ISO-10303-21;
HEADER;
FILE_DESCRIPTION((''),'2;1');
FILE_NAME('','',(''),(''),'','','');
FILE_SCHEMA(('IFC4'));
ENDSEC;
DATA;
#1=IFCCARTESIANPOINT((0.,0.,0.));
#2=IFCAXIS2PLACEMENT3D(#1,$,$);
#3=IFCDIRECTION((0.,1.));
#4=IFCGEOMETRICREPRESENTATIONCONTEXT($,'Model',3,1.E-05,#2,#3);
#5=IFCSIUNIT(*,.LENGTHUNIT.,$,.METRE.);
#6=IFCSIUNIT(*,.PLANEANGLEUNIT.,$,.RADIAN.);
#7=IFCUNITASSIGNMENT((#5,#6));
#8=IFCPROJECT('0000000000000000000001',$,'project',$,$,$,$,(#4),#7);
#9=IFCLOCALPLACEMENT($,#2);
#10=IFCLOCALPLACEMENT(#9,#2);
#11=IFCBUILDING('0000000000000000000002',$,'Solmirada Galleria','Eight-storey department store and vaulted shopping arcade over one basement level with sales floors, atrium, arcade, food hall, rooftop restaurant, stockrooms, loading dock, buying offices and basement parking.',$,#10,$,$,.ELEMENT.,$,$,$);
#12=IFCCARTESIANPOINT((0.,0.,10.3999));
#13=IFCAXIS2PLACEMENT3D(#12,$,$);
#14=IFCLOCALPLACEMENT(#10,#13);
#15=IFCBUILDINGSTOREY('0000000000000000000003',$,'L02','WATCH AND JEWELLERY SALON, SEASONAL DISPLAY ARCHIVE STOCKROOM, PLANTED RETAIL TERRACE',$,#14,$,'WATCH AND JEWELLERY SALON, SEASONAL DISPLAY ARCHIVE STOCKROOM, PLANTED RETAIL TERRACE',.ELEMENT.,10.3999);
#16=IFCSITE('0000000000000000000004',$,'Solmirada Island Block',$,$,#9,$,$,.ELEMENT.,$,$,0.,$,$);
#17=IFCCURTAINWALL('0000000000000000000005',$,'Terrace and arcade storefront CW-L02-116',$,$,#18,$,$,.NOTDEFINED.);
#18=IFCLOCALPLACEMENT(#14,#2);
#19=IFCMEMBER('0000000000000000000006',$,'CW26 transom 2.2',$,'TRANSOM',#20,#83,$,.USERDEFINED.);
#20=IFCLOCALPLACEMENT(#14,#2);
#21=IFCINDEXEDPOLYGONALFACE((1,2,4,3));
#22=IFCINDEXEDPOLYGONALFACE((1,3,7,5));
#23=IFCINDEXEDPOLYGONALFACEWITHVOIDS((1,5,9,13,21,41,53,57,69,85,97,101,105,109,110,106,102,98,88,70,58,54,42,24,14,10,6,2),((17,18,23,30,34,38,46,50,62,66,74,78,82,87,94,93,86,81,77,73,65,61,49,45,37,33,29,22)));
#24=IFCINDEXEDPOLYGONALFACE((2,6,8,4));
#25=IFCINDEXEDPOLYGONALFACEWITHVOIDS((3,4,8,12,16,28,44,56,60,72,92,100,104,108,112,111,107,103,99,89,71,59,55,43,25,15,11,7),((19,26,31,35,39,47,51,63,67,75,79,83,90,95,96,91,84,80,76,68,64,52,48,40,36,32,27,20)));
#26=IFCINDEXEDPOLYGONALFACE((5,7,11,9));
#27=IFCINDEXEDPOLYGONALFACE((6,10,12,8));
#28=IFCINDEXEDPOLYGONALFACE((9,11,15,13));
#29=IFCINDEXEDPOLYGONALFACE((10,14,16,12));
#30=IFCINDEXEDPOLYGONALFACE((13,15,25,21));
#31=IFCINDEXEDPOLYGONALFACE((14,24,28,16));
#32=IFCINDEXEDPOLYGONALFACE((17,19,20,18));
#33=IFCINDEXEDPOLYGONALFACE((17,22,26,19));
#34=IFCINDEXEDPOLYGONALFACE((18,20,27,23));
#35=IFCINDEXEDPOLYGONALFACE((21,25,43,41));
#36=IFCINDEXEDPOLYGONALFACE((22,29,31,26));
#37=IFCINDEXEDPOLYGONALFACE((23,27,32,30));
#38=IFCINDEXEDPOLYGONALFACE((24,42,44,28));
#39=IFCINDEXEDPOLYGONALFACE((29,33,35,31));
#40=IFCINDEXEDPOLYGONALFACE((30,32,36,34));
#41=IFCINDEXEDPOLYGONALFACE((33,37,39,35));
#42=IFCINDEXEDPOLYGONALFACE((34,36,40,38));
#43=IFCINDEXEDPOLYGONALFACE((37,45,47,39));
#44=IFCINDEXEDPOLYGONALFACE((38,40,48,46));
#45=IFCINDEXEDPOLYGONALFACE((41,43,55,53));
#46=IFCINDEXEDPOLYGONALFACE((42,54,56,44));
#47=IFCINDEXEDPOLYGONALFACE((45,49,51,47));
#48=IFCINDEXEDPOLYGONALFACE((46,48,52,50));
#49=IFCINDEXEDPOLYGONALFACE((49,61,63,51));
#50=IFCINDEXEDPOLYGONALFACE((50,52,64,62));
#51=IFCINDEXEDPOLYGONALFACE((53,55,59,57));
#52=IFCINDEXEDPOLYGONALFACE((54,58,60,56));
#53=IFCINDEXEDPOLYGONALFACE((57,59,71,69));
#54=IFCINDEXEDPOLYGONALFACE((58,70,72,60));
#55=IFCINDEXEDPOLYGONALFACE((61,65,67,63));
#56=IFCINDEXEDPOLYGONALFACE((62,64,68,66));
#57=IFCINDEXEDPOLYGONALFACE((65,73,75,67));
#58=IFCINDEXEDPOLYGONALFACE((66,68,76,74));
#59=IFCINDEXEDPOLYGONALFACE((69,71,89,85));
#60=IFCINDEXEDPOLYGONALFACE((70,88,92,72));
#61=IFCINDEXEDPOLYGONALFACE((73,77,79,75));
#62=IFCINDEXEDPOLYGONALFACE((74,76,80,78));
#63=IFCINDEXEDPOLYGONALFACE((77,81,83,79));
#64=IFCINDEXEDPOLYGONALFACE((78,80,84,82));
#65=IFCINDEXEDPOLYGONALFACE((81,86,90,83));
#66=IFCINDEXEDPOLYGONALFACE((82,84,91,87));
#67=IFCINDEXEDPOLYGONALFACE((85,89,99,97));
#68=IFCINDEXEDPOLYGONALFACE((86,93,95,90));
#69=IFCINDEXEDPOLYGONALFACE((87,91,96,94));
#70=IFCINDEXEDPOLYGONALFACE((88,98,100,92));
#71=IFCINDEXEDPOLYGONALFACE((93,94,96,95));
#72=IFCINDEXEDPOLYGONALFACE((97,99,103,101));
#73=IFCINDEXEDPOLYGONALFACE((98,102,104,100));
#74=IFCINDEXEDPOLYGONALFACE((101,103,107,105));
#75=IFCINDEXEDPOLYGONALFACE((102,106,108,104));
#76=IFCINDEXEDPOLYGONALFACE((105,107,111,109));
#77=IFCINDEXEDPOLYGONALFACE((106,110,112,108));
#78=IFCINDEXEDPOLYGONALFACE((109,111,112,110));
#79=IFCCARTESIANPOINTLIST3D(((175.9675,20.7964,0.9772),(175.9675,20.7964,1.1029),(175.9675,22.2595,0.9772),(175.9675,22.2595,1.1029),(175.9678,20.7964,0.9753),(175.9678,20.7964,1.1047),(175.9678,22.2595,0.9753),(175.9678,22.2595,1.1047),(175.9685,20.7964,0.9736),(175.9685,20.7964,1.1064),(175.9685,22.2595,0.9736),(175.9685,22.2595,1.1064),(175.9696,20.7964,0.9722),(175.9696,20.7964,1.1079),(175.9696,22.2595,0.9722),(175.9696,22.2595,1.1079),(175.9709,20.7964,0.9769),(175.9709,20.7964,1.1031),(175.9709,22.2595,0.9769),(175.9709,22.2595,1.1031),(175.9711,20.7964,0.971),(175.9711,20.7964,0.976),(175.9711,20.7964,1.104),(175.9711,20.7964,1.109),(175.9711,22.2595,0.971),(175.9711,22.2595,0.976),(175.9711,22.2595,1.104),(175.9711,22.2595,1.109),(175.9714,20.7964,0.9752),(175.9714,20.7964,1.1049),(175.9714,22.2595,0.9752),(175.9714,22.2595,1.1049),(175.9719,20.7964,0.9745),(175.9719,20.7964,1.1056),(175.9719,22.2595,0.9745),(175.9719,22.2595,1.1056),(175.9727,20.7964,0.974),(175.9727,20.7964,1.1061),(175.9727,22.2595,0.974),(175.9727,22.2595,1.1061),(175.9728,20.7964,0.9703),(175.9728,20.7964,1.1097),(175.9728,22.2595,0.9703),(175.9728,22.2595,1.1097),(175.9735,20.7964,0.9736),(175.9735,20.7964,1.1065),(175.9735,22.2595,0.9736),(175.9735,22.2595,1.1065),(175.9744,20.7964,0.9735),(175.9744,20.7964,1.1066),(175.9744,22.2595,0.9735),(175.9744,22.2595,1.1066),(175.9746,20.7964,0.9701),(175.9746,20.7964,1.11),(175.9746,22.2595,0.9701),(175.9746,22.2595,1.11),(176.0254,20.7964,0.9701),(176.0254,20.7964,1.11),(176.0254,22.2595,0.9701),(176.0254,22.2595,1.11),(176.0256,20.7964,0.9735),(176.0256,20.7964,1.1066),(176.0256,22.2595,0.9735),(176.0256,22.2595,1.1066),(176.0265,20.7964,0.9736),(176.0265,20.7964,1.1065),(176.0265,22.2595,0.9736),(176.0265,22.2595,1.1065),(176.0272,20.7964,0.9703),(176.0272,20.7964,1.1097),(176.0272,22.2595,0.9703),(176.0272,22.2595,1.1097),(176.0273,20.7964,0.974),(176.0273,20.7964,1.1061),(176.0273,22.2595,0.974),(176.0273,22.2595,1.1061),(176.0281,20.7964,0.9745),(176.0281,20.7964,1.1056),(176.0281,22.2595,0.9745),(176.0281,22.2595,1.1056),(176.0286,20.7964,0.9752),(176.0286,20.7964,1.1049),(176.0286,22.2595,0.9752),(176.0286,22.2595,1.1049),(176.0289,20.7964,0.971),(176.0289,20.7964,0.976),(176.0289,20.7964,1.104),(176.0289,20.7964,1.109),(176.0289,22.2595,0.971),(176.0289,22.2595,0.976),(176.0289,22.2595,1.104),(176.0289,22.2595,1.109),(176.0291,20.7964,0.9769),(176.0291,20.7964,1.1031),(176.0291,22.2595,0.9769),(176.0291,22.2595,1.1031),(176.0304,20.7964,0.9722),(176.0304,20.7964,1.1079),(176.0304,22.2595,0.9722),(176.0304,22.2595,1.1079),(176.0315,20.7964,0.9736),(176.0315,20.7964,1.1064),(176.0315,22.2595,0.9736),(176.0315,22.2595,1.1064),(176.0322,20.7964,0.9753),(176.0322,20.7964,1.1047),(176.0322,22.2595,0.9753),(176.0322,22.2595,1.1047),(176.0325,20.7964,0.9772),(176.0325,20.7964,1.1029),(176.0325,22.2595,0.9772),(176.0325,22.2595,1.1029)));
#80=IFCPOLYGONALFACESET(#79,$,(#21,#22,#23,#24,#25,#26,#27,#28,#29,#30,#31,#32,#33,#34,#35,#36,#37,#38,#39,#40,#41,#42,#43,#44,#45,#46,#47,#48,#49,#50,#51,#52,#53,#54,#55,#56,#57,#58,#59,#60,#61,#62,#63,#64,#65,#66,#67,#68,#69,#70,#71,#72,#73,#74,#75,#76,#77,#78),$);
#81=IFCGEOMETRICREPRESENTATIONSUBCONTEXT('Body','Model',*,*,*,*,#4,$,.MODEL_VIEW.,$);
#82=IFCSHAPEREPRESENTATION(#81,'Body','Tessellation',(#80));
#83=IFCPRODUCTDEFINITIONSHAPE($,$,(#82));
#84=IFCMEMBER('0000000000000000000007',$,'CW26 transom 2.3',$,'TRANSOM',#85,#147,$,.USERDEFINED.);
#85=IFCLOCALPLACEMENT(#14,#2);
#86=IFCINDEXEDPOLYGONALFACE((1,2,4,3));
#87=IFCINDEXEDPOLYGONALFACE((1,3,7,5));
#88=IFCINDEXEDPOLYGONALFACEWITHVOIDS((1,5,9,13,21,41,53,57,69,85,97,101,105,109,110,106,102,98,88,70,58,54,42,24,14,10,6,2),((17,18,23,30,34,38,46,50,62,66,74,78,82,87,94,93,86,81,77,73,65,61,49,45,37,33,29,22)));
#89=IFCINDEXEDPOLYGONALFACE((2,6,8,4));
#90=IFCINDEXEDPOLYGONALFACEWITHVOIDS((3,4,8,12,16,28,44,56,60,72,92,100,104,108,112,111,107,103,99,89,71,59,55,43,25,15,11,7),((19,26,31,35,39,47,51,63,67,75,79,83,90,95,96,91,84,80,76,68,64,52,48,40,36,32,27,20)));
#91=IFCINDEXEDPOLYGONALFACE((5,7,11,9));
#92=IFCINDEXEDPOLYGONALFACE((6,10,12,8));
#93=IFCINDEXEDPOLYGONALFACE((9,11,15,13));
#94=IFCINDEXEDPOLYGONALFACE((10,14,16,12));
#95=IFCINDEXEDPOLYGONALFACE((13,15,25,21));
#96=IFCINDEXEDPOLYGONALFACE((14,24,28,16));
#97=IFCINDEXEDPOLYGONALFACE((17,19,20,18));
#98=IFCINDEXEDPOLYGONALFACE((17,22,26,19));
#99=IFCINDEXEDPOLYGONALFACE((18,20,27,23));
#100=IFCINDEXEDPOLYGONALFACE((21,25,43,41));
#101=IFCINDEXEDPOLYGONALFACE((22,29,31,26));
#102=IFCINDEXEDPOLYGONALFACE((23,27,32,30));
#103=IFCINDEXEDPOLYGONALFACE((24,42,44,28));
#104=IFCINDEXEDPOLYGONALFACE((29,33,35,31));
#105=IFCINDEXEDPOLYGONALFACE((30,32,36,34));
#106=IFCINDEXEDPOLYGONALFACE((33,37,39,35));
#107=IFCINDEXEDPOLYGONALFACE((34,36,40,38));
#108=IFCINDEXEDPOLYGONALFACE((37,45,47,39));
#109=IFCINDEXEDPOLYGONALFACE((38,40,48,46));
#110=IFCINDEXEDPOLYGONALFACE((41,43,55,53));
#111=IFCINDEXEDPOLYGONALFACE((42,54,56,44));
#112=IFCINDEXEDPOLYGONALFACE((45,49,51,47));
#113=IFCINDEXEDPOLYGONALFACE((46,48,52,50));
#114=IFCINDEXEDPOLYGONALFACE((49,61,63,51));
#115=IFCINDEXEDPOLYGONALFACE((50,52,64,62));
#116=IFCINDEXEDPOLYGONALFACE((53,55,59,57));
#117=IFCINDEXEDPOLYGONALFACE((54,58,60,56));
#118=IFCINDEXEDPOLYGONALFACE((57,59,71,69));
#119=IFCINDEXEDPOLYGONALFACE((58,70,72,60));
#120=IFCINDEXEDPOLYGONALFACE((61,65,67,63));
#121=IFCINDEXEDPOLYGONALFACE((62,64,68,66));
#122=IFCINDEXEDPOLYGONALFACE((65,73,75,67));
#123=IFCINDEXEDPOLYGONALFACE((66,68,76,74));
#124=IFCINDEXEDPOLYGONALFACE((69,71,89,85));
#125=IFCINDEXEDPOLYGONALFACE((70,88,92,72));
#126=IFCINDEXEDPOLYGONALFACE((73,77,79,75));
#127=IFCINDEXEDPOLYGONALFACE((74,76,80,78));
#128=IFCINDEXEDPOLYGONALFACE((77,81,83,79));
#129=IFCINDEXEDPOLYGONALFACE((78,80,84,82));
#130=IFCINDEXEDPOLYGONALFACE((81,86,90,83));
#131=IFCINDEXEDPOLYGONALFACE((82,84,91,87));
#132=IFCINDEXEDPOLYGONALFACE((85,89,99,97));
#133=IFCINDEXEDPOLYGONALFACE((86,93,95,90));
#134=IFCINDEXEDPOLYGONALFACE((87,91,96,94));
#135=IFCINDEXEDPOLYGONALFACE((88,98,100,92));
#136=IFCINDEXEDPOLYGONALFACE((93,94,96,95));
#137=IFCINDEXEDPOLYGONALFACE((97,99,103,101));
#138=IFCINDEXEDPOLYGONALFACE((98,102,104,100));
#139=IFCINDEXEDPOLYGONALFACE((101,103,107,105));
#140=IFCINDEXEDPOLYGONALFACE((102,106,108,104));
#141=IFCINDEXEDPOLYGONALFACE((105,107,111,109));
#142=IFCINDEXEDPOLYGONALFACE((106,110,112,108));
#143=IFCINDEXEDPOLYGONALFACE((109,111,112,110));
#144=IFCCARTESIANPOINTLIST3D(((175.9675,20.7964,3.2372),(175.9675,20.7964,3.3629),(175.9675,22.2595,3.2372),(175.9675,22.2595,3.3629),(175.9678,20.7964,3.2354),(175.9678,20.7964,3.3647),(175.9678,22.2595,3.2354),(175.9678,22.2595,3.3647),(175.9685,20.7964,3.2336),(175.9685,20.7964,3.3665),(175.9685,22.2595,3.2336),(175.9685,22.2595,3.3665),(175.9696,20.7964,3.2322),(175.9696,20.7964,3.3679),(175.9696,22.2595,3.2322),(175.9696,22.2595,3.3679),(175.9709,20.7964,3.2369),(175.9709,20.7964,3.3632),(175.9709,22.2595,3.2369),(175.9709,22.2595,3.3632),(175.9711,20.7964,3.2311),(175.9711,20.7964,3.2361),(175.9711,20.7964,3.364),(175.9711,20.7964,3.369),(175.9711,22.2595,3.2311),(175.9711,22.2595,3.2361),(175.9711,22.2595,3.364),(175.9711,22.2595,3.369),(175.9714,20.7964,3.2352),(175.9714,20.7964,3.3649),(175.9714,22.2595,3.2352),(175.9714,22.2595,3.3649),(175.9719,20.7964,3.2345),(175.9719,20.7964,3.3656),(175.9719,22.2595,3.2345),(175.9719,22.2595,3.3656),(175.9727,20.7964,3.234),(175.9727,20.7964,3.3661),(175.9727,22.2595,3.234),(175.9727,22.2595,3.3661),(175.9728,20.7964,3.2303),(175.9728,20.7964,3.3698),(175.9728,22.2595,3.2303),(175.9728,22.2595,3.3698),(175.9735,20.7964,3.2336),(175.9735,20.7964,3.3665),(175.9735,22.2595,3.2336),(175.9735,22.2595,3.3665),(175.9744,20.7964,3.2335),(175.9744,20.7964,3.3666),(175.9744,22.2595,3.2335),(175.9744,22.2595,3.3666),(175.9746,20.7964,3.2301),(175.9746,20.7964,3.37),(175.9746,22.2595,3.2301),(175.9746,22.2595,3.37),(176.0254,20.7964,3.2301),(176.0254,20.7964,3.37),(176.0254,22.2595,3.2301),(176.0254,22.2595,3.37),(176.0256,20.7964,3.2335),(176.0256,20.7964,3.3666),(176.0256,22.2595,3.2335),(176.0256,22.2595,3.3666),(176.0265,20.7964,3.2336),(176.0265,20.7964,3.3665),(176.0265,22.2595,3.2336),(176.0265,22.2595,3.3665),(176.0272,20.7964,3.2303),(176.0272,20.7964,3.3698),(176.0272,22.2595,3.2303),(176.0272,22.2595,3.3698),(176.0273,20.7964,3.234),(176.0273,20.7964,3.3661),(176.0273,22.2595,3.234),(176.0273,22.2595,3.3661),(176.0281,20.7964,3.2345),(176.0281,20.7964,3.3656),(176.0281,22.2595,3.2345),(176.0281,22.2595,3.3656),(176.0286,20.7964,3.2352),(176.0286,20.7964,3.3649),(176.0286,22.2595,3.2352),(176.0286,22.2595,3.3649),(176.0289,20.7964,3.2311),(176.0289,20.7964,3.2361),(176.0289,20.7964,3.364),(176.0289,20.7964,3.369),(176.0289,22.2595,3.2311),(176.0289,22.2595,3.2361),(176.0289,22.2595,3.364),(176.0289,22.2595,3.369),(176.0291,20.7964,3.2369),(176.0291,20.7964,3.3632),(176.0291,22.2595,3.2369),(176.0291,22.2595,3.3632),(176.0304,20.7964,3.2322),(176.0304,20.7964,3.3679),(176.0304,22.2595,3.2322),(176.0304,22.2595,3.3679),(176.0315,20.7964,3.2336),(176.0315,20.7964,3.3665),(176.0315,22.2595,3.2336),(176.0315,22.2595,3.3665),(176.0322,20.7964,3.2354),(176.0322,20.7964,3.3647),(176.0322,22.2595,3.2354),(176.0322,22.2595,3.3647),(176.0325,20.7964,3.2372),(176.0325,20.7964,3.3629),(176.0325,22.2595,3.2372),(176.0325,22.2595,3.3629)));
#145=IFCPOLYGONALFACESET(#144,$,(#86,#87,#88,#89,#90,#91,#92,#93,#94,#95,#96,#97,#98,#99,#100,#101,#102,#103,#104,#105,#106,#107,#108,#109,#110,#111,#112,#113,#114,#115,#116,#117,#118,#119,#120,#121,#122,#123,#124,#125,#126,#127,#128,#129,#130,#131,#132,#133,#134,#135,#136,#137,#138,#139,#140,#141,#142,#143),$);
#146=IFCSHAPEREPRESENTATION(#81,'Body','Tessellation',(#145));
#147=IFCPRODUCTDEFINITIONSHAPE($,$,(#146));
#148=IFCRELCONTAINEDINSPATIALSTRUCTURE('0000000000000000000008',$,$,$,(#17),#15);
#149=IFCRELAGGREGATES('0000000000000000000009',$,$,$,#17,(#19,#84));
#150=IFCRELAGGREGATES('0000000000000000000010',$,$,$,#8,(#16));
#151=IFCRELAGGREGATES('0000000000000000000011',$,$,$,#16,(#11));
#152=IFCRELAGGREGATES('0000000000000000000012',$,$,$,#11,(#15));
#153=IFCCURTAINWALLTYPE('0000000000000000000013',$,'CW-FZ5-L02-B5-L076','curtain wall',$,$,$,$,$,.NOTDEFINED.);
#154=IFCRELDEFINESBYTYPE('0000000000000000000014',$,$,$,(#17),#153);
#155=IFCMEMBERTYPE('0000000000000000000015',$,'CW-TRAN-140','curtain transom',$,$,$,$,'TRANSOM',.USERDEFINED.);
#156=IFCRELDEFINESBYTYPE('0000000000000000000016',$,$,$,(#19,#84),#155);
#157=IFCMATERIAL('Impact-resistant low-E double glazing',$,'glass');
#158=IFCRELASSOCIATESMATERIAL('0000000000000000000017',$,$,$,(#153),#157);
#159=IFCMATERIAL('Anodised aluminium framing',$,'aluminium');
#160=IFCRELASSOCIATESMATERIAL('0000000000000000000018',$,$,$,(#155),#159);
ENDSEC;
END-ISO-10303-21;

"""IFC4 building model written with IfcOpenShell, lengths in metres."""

from ifc_helpers import new_model, si_unit, direction, frame, origin, origin_2d, place, context, subcontext, project, spatial, hollow_rectangle, extrude, material, material_profile, profile_set, type_object, element, aggregate, save


model = new_model("IFC4")

# Units and contexts
model_context = context("Model", 3, precision=1e-05, world=origin(), true_north=direction((0.0, 1.0)))
body_context = subcontext(model_context, "Body", "Model", "MODEL_VIEW")
ifc_project = project(units=[si_unit("LENGTHUNIT", "METRE"), si_unit("PLANEANGLEUNIT", "RADIAN")], contexts=[model_context])

# Site, building, storey
site_placement = place(None, origin())
site = spatial("IfcSite", under=ifc_project, at=site_placement, Name="Solmirada Island Block", CompositionType="ELEMENT", RefElevation=0.0)
building_placement = place(site_placement, origin())
building = spatial("IfcBuilding", under=site, at=building_placement, Name="Solmirada Galleria", Description="Eight-storey department store and vaulted shopping arcade over one basement level with sales floors, atrium, arcade, food hall, rooftop restaurant, stockrooms, loading dock, buying offices and basement parking.", CompositionType="ELEMENT")
storey_placement = place(building_placement, frame((0.0, 0.0, 10.3999)))
storey = spatial("IfcBuildingStorey", under=building, at=storey_placement, Name="L02", Description="WATCH AND JEWELLERY SALON, SEASONAL DISPLAY ARCHIVE STOCKROOM, PLANTED RETAIL TERRACE", LongName="WATCH AND JEWELLERY SALON, SEASONAL DISPLAY ARCHIVE STOCKROOM, PLANTED RETAIL TERRACE", CompositionType="ELEMENT", Elevation=10.3999)

# Curtain wall, members
ifc_material_1 = material(Name="Impact-resistant low-E double glazing", Category="glass")
curtain_wall_type = type_object("IfcCurtainWallType", Name="CW-FZ5-L02-B5-L076", Description="curtain wall", PredefinedType="NOTDEFINED", material=ifc_material_1)
curtain_wall_placement = place(storey_placement, origin())
curtain_wall = element("IfcCurtainWall", 1, at=curtain_wall_placement, inside=storey, type_object=curtain_wall_type, Name="Terrace and arcade storefront CW-L02-116", PredefinedType="NOTDEFINED")
ifc_material_2 = material(Name="Anodised aluminium framing", Category="aluminium")
ifc_material_profile_1 = material_profile(ifc_material_2, hollow_rectangle(XDim=0.0649, YDim=0.1399, WallThickness=0.0034, InnerFilletRadius=0.0034, OuterFilletRadius=0.0071, at=origin_2d()), Name="ALU-TRAN-140X65")
ifc_profile_set_1 = profile_set([ifc_material_profile_1], Name="Anodised aluminium framing")
member_type_1 = type_object("IfcMemberType", Name="CW-TRAN-140", Description="curtain transom", ElementType="TRANSOM", PredefinedType="USERDEFINED", material=ifc_profile_set_1)
member_1_placement = place(storey_placement, frame((176.0, 22.2595, 1.04), z_axis=(0.0, -1.0, 0.0), x_axis=(1.0, 0.0, 0.0)))
member_1 = element("IfcMember", 2, at=member_1_placement, type_object=member_type_1, Name="CW26 transom 2.2", ObjectType="TRANSOM", PredefinedType="USERDEFINED", context=body_context, shape_type="SweptSolid", body=[
    extrude(hollow_rectangle(XDim=0.0649, YDim=0.1399, WallThickness=0.0034, InnerFilletRadius=0.0034, OuterFilletRadius=0.0071, at=origin_2d()), origin(), (0.0, 0.0, 1.0), 1.4631),
])
member_2_placement = place(storey_placement, frame((176.0, 22.2595, 3.3), z_axis=(0.0, -1.0, 0.0), x_axis=(1.0, 0.0, 0.0)))
member_2 = element("IfcMember", 3, at=member_2_placement, type_object=member_type_1, Name="CW26 transom 2.3", ObjectType="TRANSOM", PredefinedType="USERDEFINED", context=body_context, shape_type="SweptSolid", body=[
    extrude(hollow_rectangle(XDim=0.0649, YDim=0.1399, WallThickness=0.0034, InnerFilletRadius=0.0034, OuterFilletRadius=0.0071, at=origin_2d()), origin(), (0.0, 0.0, 1.0), 1.4631),
])
aggregate(curtain_wall, [member_1, member_2])

save(model, "model.ifc")
